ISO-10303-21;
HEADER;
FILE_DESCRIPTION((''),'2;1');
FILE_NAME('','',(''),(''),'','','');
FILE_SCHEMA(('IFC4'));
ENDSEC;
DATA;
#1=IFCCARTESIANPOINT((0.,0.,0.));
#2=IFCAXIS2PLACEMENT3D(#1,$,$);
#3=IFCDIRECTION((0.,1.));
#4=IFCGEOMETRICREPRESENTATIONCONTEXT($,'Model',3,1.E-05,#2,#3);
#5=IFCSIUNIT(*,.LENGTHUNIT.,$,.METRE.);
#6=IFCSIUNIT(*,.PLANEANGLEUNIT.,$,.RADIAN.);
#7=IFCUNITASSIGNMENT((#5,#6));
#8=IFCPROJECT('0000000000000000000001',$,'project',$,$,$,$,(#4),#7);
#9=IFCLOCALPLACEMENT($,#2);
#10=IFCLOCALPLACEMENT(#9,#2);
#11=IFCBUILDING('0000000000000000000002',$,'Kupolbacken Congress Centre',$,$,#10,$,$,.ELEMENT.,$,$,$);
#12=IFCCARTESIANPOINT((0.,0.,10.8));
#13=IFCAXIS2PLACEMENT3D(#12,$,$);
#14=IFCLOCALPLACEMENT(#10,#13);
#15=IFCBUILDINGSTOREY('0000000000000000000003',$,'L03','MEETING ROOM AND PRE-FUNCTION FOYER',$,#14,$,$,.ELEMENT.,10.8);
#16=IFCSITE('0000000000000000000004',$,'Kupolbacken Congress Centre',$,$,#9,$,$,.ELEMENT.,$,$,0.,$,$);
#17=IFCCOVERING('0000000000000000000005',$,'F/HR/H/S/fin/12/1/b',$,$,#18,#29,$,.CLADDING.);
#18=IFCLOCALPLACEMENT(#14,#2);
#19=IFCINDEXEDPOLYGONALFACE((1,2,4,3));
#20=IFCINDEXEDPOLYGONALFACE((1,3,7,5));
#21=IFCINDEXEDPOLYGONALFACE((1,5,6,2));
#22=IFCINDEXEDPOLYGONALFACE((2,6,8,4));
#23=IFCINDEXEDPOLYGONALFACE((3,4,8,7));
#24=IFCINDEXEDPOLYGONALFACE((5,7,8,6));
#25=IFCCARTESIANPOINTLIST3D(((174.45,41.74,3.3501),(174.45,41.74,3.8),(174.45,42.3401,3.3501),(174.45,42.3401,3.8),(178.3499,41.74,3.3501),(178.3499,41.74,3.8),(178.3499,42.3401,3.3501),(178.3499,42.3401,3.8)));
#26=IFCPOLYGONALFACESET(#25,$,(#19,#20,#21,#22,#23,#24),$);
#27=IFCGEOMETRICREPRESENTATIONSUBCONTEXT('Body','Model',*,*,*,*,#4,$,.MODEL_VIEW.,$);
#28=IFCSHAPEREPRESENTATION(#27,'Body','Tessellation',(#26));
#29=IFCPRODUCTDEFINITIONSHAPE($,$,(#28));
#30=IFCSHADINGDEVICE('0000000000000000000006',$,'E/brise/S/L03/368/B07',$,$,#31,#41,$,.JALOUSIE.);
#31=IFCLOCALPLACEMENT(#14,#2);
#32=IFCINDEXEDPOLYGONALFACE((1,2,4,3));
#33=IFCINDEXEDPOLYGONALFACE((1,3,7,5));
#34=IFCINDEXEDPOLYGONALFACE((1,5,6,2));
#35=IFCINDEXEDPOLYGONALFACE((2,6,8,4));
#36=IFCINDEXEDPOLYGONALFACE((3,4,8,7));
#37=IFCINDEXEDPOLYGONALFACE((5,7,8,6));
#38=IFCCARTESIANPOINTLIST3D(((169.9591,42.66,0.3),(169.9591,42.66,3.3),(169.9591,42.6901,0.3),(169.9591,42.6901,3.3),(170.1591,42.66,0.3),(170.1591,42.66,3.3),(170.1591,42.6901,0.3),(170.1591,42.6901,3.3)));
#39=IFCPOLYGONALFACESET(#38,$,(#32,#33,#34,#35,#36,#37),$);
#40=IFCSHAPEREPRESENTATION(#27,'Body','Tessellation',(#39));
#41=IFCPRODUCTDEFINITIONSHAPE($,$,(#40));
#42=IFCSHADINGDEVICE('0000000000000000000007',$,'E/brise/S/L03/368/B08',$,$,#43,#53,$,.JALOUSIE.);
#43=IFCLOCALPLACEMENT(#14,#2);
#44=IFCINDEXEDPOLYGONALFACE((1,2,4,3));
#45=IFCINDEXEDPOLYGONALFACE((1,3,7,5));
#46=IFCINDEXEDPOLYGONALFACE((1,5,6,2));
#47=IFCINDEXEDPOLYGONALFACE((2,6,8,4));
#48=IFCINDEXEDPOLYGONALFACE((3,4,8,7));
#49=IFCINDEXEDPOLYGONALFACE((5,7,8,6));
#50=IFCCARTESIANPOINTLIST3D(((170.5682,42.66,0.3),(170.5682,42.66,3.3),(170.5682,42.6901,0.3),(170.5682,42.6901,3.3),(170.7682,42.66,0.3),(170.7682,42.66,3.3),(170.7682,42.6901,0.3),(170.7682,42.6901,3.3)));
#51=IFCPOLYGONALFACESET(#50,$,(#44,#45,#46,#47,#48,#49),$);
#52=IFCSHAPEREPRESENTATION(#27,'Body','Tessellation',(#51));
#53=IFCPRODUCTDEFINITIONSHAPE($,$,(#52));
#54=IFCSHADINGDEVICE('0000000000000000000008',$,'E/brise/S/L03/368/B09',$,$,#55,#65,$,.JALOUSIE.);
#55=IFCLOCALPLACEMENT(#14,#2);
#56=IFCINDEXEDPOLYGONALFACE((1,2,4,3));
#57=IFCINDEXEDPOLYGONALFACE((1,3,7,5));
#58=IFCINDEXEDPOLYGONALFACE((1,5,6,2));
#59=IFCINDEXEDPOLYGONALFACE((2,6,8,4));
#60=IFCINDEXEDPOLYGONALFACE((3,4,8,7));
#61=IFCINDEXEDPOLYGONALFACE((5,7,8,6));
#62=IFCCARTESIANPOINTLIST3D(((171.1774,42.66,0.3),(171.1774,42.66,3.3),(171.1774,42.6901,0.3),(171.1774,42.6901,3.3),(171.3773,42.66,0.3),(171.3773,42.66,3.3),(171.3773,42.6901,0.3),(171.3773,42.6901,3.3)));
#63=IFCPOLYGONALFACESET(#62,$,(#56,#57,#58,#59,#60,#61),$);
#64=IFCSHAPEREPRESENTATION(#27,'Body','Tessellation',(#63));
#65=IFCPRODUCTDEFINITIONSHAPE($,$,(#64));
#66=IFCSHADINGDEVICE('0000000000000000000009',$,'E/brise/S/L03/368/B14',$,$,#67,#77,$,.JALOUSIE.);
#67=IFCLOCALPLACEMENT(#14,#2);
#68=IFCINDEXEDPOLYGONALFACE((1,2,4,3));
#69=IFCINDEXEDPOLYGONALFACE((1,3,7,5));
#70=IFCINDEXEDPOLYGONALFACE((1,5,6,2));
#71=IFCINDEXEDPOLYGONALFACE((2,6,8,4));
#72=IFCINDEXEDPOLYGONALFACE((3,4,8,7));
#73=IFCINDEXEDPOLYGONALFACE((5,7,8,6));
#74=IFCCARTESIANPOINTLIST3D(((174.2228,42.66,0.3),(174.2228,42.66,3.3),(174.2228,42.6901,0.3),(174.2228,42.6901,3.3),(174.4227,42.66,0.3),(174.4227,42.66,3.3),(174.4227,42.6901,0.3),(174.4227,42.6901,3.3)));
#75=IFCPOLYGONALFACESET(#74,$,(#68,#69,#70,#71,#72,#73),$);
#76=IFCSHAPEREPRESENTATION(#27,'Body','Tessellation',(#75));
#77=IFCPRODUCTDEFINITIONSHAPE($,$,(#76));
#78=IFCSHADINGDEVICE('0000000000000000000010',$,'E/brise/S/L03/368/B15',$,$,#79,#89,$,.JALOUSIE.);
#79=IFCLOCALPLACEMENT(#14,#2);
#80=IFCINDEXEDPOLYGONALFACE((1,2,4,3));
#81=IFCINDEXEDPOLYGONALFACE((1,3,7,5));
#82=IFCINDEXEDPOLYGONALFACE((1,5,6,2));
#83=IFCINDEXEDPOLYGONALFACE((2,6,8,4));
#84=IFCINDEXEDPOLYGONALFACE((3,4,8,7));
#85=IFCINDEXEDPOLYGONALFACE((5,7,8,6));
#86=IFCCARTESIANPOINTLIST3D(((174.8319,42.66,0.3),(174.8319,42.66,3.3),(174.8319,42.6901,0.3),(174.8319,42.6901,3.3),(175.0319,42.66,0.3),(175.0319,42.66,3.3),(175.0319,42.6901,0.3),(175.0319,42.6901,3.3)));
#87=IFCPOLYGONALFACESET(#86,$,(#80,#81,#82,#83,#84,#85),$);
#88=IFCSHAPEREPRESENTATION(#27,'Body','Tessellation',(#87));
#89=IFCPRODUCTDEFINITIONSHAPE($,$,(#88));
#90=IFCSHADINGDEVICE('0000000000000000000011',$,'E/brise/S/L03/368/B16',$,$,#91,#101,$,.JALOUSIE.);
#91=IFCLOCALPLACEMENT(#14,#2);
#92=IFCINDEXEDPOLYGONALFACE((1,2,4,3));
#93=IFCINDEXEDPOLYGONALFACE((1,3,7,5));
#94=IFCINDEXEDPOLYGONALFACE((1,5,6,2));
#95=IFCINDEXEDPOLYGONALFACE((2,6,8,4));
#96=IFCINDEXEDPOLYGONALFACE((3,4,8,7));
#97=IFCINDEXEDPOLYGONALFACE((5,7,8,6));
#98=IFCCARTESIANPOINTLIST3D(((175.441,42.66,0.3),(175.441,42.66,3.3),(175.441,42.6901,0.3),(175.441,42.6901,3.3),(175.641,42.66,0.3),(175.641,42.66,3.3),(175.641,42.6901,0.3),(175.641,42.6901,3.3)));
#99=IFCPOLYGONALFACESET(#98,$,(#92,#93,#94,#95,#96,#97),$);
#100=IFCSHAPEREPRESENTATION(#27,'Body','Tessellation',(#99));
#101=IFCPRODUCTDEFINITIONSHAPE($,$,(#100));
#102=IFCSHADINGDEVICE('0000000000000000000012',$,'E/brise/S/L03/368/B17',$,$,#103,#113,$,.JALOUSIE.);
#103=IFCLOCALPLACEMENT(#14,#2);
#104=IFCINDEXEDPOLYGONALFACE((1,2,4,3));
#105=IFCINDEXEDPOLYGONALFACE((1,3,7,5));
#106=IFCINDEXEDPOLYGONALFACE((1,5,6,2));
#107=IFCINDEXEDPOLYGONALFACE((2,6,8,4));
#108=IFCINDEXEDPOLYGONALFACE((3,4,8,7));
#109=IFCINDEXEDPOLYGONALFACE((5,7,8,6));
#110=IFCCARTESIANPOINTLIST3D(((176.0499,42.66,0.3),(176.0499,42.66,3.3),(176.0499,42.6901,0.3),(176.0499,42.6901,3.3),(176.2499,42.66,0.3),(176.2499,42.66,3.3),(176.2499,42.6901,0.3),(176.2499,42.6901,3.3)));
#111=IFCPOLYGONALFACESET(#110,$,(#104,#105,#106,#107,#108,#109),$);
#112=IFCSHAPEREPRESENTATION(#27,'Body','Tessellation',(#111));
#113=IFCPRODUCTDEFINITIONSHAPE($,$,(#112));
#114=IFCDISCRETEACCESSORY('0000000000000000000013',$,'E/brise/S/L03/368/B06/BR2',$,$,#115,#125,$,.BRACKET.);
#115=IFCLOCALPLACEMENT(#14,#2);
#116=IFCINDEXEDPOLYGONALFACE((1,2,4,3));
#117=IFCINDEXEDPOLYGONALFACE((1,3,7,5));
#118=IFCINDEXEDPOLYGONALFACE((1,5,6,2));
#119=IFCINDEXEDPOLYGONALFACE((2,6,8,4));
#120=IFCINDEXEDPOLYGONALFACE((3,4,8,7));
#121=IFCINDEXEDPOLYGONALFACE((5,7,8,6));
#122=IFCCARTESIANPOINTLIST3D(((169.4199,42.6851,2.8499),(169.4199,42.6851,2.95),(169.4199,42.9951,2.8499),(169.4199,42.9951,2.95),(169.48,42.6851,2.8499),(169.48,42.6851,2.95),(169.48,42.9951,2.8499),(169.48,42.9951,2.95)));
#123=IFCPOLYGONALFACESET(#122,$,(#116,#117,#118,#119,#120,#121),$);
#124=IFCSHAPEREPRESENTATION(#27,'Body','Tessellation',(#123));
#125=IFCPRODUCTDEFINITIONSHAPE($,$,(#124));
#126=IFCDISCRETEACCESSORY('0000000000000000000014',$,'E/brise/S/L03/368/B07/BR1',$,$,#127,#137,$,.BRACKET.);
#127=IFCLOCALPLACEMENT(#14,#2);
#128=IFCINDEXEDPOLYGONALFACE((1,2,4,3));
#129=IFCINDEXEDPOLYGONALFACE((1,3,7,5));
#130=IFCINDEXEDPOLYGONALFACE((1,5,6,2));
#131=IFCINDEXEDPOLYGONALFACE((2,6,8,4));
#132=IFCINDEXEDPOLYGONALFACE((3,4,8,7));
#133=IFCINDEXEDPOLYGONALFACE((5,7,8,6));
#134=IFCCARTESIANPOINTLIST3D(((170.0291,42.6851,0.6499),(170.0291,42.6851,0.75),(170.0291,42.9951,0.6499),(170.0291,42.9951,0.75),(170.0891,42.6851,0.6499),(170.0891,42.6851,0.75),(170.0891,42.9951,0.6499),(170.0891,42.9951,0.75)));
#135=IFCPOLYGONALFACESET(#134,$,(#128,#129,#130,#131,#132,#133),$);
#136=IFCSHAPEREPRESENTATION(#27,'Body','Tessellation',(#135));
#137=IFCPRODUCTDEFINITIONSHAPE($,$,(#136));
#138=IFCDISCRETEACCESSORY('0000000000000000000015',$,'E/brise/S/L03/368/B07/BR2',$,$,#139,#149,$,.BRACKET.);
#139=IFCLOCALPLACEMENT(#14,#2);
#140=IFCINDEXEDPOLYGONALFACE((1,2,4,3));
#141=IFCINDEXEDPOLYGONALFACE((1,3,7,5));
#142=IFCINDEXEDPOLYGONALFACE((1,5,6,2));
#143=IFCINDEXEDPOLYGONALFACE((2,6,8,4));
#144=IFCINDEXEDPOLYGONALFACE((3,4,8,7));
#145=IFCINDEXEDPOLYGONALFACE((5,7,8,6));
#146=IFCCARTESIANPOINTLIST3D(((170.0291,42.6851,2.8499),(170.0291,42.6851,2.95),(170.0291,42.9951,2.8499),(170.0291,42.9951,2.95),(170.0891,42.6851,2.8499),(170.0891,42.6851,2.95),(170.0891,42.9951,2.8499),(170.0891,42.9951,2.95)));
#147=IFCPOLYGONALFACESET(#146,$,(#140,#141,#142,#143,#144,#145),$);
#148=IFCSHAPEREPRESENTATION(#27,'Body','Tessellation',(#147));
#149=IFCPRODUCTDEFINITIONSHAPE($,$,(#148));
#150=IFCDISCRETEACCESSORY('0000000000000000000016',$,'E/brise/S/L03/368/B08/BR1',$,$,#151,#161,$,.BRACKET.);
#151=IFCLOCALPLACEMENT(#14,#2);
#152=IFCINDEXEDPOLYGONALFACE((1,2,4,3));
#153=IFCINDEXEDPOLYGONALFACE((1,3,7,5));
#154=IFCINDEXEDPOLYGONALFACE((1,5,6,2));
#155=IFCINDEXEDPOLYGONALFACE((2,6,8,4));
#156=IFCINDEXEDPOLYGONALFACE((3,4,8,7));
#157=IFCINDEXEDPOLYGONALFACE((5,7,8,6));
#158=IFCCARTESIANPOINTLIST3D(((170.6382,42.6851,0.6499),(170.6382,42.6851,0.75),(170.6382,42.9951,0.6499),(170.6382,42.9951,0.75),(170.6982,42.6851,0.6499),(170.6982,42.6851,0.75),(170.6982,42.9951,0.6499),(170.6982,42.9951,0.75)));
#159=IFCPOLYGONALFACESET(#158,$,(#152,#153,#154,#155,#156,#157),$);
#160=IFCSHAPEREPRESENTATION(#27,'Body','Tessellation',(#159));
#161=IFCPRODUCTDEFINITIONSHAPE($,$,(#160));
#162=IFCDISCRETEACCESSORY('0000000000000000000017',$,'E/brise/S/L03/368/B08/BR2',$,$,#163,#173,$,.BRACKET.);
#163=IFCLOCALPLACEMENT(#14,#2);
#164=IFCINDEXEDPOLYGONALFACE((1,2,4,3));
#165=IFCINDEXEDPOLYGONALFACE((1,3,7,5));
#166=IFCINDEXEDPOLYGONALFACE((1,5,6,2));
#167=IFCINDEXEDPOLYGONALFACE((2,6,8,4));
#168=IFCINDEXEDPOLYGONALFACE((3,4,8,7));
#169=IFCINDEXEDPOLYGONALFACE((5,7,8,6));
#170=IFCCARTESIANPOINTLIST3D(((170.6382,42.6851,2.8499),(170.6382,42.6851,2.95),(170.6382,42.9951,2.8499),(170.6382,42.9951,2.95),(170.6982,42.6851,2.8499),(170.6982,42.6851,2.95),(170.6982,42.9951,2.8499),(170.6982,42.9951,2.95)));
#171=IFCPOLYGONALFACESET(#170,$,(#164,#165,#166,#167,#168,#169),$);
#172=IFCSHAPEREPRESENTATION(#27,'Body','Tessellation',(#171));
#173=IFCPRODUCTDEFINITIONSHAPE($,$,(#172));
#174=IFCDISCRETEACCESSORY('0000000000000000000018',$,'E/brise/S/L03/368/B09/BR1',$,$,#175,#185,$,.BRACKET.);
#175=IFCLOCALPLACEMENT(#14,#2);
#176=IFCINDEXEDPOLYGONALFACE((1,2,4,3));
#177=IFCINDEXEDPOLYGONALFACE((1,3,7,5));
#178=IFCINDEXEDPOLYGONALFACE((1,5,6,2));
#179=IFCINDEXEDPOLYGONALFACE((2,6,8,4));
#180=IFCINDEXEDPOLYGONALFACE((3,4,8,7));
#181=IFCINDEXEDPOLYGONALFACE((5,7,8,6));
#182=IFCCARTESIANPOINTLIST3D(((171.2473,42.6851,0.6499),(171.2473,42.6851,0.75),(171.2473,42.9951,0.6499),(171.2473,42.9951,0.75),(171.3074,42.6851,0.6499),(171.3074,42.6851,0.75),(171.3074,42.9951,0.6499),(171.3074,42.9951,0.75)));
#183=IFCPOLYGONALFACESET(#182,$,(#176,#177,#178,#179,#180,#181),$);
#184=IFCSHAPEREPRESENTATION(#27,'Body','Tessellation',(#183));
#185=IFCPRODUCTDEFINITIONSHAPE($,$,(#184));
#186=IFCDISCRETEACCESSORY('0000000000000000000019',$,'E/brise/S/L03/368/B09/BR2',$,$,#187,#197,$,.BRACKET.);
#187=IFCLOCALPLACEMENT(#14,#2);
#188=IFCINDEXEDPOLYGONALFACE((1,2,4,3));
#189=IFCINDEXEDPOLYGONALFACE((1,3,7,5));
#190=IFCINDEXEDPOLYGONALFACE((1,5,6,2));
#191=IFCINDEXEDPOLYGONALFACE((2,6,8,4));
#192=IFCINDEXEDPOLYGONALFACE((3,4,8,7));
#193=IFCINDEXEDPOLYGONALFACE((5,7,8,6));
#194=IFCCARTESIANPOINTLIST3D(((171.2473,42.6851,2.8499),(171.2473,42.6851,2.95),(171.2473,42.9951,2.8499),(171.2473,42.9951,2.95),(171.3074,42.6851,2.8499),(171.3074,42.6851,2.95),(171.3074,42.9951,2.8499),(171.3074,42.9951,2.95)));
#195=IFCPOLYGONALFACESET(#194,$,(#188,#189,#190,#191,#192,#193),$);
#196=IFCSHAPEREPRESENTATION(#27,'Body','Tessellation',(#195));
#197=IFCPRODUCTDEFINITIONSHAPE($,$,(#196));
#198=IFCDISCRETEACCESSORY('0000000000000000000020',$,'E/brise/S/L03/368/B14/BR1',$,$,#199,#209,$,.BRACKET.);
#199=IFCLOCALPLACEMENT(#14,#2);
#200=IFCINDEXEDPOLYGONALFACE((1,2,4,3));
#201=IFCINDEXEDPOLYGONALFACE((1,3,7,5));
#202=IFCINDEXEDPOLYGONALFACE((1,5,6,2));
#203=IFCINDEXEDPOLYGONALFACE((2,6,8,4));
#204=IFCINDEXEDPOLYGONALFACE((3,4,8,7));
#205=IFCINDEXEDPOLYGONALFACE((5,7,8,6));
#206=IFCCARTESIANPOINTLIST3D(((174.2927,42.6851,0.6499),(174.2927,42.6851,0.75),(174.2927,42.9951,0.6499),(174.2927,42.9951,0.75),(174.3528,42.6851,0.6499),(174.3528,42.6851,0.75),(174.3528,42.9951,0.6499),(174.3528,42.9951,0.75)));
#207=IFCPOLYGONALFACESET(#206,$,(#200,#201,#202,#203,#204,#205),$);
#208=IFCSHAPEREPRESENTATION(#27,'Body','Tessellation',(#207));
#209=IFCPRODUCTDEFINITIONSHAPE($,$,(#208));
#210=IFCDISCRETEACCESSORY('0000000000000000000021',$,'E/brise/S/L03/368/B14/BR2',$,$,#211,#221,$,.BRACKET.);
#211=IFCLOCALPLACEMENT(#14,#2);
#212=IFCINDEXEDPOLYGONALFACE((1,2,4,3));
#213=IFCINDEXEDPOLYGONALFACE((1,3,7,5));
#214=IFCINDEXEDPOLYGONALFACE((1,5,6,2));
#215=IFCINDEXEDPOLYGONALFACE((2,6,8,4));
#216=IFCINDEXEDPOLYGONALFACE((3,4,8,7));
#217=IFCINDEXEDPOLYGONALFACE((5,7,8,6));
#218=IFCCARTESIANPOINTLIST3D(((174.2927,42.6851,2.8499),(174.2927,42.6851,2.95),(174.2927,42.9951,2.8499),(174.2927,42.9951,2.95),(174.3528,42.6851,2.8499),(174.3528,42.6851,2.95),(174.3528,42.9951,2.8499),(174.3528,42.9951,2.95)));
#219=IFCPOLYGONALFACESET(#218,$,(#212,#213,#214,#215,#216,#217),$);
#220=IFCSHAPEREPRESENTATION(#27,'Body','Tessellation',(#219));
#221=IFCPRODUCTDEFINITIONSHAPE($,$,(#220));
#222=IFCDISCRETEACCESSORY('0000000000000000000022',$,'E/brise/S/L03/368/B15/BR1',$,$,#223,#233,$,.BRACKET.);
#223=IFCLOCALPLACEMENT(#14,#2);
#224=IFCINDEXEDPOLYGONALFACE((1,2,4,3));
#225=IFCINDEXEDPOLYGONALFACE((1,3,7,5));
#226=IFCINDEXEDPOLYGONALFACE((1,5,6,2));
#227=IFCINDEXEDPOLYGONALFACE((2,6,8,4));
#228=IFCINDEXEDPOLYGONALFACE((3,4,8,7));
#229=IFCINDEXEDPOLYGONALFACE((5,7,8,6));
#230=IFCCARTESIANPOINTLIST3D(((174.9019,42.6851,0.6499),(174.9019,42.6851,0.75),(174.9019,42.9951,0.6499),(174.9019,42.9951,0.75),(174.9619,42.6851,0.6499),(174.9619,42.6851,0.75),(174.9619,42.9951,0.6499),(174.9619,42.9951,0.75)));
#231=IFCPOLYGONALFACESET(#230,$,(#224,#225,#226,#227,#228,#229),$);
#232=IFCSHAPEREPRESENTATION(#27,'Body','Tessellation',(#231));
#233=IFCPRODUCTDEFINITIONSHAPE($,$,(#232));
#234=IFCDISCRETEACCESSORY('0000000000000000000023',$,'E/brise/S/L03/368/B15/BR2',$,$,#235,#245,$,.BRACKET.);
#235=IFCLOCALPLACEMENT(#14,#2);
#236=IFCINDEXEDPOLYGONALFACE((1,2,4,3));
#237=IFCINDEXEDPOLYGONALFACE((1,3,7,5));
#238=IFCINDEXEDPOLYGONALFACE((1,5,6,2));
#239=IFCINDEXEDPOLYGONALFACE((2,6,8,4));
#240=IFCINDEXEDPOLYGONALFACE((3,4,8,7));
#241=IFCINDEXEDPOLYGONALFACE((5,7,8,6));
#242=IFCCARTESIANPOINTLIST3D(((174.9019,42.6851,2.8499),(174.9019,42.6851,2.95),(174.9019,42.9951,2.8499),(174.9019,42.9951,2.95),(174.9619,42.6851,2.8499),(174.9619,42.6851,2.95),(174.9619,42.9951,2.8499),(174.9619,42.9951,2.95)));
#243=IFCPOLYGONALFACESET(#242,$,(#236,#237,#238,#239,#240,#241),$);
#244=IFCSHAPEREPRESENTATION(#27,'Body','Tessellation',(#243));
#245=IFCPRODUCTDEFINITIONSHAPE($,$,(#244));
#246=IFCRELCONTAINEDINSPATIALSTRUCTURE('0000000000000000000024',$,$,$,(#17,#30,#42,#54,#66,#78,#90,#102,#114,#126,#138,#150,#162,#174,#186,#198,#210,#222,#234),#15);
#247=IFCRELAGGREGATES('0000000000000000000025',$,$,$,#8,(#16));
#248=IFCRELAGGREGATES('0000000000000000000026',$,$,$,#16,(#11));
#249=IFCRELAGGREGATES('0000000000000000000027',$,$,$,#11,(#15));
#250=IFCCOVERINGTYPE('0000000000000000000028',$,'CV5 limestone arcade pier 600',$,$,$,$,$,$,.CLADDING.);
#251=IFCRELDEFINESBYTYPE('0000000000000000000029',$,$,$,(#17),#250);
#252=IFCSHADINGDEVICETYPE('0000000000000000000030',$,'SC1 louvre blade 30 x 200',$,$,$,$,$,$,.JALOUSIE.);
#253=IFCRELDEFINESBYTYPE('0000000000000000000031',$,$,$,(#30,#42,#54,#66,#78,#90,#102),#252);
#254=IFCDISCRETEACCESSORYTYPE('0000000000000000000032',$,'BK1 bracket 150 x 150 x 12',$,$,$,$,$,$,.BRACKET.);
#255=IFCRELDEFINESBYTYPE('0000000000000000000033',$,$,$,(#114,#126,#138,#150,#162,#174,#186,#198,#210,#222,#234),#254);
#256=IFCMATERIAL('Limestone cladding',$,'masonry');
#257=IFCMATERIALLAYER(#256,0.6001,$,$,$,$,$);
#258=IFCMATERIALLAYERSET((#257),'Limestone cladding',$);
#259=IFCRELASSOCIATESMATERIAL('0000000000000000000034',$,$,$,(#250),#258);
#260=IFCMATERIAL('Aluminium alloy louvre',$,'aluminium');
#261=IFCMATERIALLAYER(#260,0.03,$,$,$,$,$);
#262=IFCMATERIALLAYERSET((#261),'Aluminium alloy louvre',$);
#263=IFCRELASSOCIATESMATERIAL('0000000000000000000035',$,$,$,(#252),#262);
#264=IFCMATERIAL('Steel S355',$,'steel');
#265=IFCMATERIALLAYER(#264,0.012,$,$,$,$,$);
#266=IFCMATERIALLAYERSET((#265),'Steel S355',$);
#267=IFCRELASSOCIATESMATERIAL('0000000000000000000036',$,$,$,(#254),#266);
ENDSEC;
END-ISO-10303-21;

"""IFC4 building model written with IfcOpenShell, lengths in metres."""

from ifc_helpers import new_model, si_unit, direction, frame, origin, origin_2d, place, context, subcontext, project, spatial, rectangle, extrude, material, layer, layer_set, type_object, element, save


model = new_model("IFC4")

# Units and contexts
model_context = context("Model", 3, precision=1e-05, world=origin(), true_north=direction((0.0, 1.0)))
body_context = subcontext(model_context, "Body", "Model", "MODEL_VIEW")
ifc_project = project(units=[si_unit("LENGTHUNIT", "METRE"), si_unit("PLANEANGLEUNIT", "RADIAN")], contexts=[model_context])

# Site, building, storey
site_placement = place(None, origin())
site = spatial("IfcSite", under=ifc_project, at=site_placement, Name="Kupolbacken Congress Centre", CompositionType="ELEMENT", RefElevation=0.0)
building_placement = place(site_placement, origin())
building = spatial("IfcBuilding", under=site, at=building_placement, Name="Kupolbacken Congress Centre", CompositionType="ELEMENT")
storey_placement = place(building_placement, frame((0.0, 0.0, 10.8)))
storey = spatial("IfcBuildingStorey", under=building, at=storey_placement, Name="L03", Description="MEETING ROOM AND PRE-FUNCTION FOYER", CompositionType="ELEMENT", Elevation=10.8)

# Covering
ifc_material_1 = material(Name="Limestone cladding", Category="masonry")
ifc_layer_1 = layer(ifc_material_1, 0.6001)
ifc_layer_set_1 = layer_set([ifc_layer_1], Name="Limestone cladding")
covering_type = type_object("IfcCoveringType", Name="CV5 limestone arcade pier 600", PredefinedType="CLADDING", material=ifc_layer_set_1)
covering_placement = place(storey_placement, frame((176.3999, 42.04, 3.3501), z_axis=(0.0, 0.0, 1.0), x_axis=(1.0, 0.0, 0.0)))
element("IfcCovering", 1, at=covering_placement, inside=storey, type_object=covering_type, Name="F/HR/H/S/fin/12/1/b", PredefinedType="CLADDING", context=body_context, shape_type="SweptSolid", body=[
    extrude(rectangle(XDim=3.8999, YDim=0.6001, at=origin_2d()), origin(), (0.0, 0.0, 1.0), 0.45),
])

# Shading devices
ifc_material_2 = material(Name="Aluminium alloy louvre", Category="aluminium")
ifc_layer_2 = layer(ifc_material_2, 0.03)
ifc_layer_set_2 = layer_set([ifc_layer_2], Name="Aluminium alloy louvre")
shading_device_type = type_object("IfcShadingDeviceType", Name="SC1 louvre blade 30 x 200", PredefinedType="JALOUSIE", material=ifc_layer_set_2)
for number, where, z_axis, x_axis, name in (
    (2, (170.0591, 42.675, 0.3), (0.0, 0.0, 1.0), (1.0, 0.0, 0.0), "E/brise/S/L03/368/B07"),
    (3, (170.6682, 42.675, 0.3), (0.0, 0.0, 1.0), (1.0, 0.0, 0.0), "E/brise/S/L03/368/B08"),
    (4, (171.2773, 42.675, 0.3), (0.0, 0.0, 1.0), (1.0, 0.0, 0.0), "E/brise/S/L03/368/B09"),
    (5, (174.3228, 42.675, 0.3), (0.0, 0.0, 1.0), (1.0, 0.0, 0.0), "E/brise/S/L03/368/B14"),
    (6, (174.9319, 42.675, 0.3), (0.0, 0.0, 1.0), (1.0, 0.0, 0.0), "E/brise/S/L03/368/B15"),
    (7, (175.541, 42.675, 0.3), (0.0, 0.0, 1.0), (1.0, 0.0, 0.0), "E/brise/S/L03/368/B16"),
    (8, (176.1499, 42.675, 0.3), (0.0, 0.0, 1.0), (1.0, 0.0, 0.0), "E/brise/S/L03/368/B17"),
):
    element("IfcShadingDevice", number, at=place(storey_placement, frame(where, z_axis=z_axis, x_axis=x_axis)), inside=storey, type_object=shading_device_type, Name=name, PredefinedType="JALOUSIE", context=body_context, shape_type="SweptSolid", body=[
        extrude(rectangle(XDim=0.2, YDim=0.03, at=origin_2d()), origin(), (0.0, 0.0, 1.0), 3.0),
    ])

# Discrete accessories
ifc_material_3 = material(Name="Steel S355", Category="steel")
ifc_layer_3 = layer(ifc_material_3, 0.012)
ifc_layer_set_3 = layer_set([ifc_layer_3], Name="Steel S355")
discrete_accessory_type = type_object("IfcDiscreteAccessoryType", Name="BK1 bracket 150 x 150 x 12", PredefinedType="BRACKET", material=ifc_layer_set_3)
for number, where, z_axis, x_axis, name in (
    (9, (169.45, 42.8401, 2.8499), (0.0, 0.0, 1.0), (1.0, 0.0, 0.0), "E/brise/S/L03/368/B06/BR2"),
    (10, (170.0591, 42.8401, 0.6499), (0.0, 0.0, 1.0), (1.0, 0.0, 0.0), "E/brise/S/L03/368/B07/BR1"),
    (11, (170.0591, 42.8401, 2.8499), (0.0, 0.0, 1.0), (1.0, 0.0, 0.0), "E/brise/S/L03/368/B07/BR2"),
    (12, (170.6682, 42.8401, 0.6499), (0.0, 0.0, 1.0), (1.0, 0.0, 0.0), "E/brise/S/L03/368/B08/BR1"),
    (13, (170.6682, 42.8401, 2.8499), (0.0, 0.0, 1.0), (1.0, 0.0, 0.0), "E/brise/S/L03/368/B08/BR2"),
    (14, (171.2773, 42.8401, 0.6499), (0.0, 0.0, 1.0), (1.0, 0.0, 0.0), "E/brise/S/L03/368/B09/BR1"),
    (15, (171.2773, 42.8401, 2.8499), (0.0, 0.0, 1.0), (1.0, 0.0, 0.0), "E/brise/S/L03/368/B09/BR2"),
    (16, (174.3228, 42.8401, 0.6499), (0.0, 0.0, 1.0), (1.0, 0.0, 0.0), "E/brise/S/L03/368/B14/BR1"),
    (17, (174.3228, 42.8401, 2.8499), (0.0, 0.0, 1.0), (1.0, 0.0, 0.0), "E/brise/S/L03/368/B14/BR2"),
    (18, (174.9319, 42.8401, 0.6499), (0.0, 0.0, 1.0), (1.0, 0.0, 0.0), "E/brise/S/L03/368/B15/BR1"),
    (19, (174.9319, 42.8401, 2.8499), (0.0, 0.0, 1.0), (1.0, 0.0, 0.0), "E/brise/S/L03/368/B15/BR2"),
):
    element("IfcDiscreteAccessory", number, at=place(storey_placement, frame(where, z_axis=z_axis, x_axis=x_axis)), inside=storey, type_object=discrete_accessory_type, Name=name, PredefinedType="BRACKET", context=body_context, shape_type="SweptSolid", body=[
        extrude(rectangle(XDim=0.0601, YDim=0.3101, at=origin_2d()), origin(), (0.0, 0.0, 1.0), 0.1001),
    ])

save(model, "model.ifc")
